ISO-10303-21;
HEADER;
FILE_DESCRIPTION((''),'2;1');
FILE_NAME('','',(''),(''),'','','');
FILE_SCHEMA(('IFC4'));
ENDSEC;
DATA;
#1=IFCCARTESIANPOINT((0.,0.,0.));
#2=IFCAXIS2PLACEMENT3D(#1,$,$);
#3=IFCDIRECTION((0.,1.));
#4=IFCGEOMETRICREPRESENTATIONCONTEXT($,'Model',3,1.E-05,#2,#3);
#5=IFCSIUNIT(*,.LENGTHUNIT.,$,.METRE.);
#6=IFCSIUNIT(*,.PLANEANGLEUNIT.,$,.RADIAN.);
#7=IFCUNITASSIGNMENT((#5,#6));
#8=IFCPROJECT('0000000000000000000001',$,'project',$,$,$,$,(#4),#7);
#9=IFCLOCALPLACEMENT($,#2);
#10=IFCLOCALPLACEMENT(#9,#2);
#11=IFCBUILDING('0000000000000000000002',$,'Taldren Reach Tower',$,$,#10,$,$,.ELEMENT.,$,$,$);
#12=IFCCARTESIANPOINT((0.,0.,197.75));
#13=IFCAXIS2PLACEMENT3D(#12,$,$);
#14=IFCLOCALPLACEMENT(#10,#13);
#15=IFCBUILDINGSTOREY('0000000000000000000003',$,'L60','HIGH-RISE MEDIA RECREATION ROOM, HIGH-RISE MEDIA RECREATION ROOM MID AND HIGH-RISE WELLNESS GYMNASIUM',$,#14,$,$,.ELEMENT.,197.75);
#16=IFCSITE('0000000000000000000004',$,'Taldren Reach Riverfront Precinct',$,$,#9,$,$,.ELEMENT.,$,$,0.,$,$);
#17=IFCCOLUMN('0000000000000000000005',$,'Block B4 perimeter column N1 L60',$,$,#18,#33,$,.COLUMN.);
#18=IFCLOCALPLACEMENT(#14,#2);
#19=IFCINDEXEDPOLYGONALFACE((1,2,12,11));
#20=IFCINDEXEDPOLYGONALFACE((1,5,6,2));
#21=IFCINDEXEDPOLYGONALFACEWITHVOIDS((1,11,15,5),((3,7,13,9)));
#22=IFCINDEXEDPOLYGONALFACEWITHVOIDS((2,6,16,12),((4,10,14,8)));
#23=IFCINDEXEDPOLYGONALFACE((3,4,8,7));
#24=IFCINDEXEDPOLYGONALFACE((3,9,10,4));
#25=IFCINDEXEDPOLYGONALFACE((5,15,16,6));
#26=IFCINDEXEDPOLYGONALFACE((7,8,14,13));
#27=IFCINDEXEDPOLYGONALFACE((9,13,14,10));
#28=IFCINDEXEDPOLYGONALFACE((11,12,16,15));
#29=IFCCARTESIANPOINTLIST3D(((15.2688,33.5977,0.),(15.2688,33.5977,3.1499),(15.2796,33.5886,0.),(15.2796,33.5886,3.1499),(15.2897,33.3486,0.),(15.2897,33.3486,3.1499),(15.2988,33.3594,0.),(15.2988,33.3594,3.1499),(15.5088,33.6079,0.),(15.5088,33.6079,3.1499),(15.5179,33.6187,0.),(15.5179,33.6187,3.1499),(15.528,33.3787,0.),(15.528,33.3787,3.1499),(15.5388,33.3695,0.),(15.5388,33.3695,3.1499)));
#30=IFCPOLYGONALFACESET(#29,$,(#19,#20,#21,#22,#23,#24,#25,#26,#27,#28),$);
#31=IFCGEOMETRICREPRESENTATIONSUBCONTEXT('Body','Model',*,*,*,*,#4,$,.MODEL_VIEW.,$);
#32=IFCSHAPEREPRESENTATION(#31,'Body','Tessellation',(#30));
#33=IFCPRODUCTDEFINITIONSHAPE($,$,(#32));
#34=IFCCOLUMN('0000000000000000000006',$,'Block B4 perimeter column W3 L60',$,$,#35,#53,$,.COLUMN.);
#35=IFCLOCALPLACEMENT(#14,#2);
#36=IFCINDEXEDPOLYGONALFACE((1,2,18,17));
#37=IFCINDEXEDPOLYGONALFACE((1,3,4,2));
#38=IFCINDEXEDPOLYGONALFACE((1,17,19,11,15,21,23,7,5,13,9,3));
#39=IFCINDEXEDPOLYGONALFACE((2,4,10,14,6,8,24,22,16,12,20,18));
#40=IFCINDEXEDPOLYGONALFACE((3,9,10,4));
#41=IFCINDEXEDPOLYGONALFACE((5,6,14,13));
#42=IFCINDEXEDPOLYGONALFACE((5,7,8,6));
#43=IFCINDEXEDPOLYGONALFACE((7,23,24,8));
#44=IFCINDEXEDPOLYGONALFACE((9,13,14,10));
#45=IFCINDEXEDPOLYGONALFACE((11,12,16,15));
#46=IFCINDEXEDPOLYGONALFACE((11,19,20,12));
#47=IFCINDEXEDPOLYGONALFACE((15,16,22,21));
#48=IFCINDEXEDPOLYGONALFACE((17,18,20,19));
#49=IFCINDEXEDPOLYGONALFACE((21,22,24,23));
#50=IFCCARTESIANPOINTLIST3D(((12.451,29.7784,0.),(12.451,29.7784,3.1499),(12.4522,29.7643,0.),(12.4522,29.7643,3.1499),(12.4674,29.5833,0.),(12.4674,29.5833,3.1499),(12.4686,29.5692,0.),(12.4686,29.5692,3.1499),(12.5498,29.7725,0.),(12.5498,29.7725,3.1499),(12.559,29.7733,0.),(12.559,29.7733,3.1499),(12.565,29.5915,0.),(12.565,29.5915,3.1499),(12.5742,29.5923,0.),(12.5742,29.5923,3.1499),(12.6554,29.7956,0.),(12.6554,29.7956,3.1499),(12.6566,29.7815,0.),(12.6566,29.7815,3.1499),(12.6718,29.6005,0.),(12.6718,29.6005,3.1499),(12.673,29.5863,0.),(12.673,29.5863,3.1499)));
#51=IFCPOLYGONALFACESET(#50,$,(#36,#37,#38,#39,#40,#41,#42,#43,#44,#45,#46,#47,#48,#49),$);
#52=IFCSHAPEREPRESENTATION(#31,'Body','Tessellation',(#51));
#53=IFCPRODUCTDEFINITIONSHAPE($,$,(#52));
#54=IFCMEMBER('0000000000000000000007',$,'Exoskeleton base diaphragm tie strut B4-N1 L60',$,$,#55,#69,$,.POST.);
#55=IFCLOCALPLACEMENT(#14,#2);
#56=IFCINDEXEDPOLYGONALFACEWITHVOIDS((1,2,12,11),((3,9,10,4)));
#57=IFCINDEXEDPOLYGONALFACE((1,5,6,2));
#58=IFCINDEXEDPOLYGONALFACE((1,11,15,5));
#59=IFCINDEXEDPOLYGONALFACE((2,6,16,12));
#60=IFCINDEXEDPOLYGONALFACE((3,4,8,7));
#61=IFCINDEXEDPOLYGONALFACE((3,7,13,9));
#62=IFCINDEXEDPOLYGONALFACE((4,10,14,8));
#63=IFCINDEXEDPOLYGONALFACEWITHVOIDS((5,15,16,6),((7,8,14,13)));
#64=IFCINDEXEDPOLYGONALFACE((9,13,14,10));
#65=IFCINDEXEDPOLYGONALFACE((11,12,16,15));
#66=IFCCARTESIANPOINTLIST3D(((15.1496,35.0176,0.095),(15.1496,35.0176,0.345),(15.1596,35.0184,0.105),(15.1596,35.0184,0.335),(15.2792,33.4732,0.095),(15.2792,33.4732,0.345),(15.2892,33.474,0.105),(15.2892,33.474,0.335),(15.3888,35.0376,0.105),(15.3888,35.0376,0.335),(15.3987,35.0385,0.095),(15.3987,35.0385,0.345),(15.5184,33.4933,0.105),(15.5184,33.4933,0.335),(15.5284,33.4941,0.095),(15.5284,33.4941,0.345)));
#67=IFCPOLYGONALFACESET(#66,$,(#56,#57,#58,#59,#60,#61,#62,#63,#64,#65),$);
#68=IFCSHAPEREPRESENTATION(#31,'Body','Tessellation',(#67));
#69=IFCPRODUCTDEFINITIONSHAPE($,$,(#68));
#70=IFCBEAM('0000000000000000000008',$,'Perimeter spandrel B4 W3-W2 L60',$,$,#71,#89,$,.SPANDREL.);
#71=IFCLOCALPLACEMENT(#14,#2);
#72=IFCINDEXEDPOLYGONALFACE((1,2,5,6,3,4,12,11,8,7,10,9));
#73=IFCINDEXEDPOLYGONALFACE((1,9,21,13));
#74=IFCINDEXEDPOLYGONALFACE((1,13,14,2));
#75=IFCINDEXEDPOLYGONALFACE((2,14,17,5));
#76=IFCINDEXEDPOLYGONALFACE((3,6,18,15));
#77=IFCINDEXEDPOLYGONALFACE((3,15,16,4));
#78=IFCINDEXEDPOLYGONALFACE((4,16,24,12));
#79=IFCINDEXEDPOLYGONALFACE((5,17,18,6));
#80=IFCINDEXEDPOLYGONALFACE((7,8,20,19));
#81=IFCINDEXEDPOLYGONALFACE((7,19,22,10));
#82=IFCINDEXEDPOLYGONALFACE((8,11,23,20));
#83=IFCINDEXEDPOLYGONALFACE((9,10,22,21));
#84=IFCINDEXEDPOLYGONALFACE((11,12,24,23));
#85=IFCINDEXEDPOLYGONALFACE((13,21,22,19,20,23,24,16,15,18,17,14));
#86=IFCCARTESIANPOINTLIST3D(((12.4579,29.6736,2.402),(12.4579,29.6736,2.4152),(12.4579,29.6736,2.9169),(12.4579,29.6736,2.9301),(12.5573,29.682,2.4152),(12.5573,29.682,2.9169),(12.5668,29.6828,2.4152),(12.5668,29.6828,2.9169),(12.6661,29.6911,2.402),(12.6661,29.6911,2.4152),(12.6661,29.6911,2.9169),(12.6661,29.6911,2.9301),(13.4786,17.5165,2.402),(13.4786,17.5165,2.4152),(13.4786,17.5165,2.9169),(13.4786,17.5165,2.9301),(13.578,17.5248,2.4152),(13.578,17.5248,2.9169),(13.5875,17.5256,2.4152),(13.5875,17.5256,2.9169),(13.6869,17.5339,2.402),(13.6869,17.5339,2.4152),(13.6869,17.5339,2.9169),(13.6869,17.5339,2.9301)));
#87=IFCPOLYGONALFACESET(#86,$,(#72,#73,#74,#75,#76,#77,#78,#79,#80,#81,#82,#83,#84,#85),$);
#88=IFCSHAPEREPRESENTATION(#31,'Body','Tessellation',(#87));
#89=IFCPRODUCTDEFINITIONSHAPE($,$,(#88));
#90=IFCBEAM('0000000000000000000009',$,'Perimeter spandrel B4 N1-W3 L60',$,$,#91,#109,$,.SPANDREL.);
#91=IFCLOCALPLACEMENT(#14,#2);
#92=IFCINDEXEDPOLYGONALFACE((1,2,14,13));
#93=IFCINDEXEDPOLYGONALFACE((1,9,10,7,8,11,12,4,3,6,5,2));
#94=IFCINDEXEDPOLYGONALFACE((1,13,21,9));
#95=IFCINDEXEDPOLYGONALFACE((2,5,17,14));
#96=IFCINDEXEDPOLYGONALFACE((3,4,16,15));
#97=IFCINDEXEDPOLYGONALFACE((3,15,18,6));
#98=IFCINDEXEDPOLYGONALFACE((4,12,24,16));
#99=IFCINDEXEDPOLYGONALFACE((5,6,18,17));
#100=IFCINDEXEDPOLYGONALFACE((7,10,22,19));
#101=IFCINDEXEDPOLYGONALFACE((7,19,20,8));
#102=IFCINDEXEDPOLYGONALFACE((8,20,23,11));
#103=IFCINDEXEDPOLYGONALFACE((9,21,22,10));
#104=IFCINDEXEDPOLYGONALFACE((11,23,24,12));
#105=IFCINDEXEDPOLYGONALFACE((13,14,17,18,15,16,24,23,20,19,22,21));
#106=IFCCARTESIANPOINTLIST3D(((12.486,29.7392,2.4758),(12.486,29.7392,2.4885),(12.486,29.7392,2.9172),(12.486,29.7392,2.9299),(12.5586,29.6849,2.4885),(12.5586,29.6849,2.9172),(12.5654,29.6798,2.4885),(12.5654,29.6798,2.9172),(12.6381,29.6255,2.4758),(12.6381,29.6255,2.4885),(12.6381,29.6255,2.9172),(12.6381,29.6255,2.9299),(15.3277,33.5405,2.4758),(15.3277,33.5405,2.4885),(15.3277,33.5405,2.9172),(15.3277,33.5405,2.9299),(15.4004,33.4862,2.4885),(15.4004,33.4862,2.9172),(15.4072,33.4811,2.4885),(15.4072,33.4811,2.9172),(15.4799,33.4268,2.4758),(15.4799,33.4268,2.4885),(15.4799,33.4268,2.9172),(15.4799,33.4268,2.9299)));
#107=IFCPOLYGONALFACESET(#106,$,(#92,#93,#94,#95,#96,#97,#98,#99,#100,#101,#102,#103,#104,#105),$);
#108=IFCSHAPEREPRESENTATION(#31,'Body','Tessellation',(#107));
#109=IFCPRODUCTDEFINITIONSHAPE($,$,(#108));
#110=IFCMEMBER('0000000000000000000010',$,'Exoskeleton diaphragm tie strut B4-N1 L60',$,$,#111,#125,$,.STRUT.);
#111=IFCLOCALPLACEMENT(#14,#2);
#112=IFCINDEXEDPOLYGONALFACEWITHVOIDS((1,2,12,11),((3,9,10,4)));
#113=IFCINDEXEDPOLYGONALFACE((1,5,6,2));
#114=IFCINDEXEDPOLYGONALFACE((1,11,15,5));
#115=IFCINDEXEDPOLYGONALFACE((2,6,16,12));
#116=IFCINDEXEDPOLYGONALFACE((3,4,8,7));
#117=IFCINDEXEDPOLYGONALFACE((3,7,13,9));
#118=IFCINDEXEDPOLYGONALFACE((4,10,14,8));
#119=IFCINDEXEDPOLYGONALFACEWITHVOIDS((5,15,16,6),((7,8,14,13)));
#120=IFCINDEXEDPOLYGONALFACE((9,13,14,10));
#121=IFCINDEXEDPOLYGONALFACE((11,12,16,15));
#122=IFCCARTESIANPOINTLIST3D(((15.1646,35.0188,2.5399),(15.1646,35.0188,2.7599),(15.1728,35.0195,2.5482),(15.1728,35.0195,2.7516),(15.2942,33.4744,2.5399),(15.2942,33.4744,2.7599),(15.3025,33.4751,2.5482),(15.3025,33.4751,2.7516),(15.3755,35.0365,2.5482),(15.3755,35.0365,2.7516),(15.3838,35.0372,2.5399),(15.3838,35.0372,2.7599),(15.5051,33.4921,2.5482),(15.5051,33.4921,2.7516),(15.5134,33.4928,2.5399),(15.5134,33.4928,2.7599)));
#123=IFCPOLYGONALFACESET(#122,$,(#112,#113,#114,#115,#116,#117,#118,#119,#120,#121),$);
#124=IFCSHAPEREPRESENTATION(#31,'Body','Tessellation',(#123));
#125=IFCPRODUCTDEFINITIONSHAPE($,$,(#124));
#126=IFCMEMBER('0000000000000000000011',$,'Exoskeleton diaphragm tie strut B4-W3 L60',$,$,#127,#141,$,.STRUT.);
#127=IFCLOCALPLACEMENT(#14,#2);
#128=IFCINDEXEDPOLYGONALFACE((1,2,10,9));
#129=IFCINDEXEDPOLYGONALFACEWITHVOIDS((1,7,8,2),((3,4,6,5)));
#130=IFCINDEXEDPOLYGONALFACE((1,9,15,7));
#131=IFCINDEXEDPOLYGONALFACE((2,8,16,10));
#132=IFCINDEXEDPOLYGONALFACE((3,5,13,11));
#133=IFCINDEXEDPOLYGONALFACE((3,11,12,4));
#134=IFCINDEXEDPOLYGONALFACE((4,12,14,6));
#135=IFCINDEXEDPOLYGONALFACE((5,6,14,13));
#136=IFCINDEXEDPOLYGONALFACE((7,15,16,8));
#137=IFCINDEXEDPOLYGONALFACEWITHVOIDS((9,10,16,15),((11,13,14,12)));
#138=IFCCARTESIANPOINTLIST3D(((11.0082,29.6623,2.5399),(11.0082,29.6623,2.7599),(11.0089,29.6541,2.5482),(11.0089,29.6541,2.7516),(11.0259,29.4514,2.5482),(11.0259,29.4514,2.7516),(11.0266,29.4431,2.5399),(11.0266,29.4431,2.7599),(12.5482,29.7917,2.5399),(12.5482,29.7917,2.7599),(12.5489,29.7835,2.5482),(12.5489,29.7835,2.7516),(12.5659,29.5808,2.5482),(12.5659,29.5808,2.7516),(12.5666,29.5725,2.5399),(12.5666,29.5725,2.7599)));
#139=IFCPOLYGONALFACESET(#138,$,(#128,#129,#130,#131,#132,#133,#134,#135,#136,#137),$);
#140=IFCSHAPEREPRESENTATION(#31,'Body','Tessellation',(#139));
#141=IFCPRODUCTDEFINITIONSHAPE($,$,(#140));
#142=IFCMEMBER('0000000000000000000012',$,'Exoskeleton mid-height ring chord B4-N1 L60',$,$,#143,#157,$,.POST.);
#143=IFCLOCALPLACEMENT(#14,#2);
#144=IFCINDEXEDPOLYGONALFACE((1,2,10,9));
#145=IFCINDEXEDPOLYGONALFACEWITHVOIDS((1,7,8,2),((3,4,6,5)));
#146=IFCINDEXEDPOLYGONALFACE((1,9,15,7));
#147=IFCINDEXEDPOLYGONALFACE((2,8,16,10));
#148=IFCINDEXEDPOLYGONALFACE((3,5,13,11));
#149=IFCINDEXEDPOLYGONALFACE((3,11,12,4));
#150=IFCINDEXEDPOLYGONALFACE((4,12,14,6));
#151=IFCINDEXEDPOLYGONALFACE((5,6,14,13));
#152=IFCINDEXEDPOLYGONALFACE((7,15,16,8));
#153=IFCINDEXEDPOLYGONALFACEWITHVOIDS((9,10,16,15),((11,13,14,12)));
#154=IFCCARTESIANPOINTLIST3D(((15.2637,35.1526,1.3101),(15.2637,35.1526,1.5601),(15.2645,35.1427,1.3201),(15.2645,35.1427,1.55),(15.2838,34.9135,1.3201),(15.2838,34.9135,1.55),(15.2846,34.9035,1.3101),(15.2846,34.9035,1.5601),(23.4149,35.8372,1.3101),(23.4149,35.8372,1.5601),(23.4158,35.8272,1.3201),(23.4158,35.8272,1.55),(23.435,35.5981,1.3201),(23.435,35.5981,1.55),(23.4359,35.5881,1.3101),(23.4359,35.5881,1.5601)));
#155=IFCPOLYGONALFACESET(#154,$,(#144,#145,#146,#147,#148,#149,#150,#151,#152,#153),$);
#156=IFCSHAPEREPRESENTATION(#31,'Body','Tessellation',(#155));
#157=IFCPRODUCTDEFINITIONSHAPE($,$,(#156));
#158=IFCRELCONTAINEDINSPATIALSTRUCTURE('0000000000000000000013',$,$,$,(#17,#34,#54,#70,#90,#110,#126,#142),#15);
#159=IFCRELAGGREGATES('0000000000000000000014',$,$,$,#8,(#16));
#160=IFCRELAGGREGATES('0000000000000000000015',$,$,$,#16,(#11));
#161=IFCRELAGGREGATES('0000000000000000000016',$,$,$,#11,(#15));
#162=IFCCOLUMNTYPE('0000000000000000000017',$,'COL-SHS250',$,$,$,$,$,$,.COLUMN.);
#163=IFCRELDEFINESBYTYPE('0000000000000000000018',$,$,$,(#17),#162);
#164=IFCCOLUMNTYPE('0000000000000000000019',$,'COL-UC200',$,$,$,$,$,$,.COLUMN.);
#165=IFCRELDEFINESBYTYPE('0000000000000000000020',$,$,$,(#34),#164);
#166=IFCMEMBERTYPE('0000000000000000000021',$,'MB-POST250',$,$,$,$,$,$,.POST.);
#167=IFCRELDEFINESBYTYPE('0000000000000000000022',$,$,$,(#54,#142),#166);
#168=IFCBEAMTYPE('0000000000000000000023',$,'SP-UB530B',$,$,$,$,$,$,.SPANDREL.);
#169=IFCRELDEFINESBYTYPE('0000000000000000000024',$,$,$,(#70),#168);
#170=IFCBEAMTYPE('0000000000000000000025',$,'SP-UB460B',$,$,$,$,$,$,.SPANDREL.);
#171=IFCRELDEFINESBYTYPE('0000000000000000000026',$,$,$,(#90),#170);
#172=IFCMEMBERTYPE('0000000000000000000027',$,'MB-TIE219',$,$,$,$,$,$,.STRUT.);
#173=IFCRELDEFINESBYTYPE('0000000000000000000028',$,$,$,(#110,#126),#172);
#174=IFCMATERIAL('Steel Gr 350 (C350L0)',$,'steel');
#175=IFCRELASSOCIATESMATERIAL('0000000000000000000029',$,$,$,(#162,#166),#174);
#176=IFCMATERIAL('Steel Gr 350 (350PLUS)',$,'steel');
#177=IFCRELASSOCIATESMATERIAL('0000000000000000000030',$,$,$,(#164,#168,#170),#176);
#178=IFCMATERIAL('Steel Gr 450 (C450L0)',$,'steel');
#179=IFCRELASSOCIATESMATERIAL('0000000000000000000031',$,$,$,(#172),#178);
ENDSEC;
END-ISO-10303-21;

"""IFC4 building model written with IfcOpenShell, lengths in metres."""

from ifc_helpers import new_model, si_unit, direction, frame, origin, origin_2d, place, context, subcontext, project, spatial, hollow_rectangle, i_section, extrude, source, transform, mapped, material, material_profile, profile_set, type_object, element, save


model = new_model("IFC4")

# Units and contexts
model_context = context("Model", 3, precision=1e-05, world=origin(), true_north=direction((0.0, 1.0)))
body_context = subcontext(model_context, "Body", "Model", "MODEL_VIEW")
ifc_project = project(units=[si_unit("LENGTHUNIT", "METRE"), si_unit("PLANEANGLEUNIT", "RADIAN")], contexts=[model_context])

# Site, building, storey
site_placement = place(None, origin())
site = spatial("IfcSite", under=ifc_project, at=site_placement, Name="Taldren Reach Riverfront Precinct", CompositionType="ELEMENT", RefElevation=0.0)
building_placement = place(site_placement, origin())
building = spatial("IfcBuilding", under=site, at=building_placement, Name="Taldren Reach Tower", CompositionType="ELEMENT")
storey_placement = place(building_placement, frame((0.0, 0.0, 197.75)))
storey = spatial("IfcBuildingStorey", under=building, at=storey_placement, Name="L60", Description="HIGH-RISE MEDIA RECREATION ROOM, HIGH-RISE MEDIA RECREATION ROOM MID AND HIGH-RISE WELLNESS GYMNASIUM", CompositionType="ELEMENT", Elevation=197.75)

# Columns
ifc_material_1 = material(Name="Steel Gr 350 (C350L0)", Category="steel")
ifc_material_profile_1 = material_profile(ifc_material_1, hollow_rectangle(XDim=0.25, YDim=0.25, WallThickness=0.01, at=origin_2d()), Name="250x250x10.0SHS")
ifc_profile_set_1 = profile_set([ifc_material_profile_1], Name="Steel Gr 350 (C350L0)")
column_type_1 = type_object("IfcColumnType", Name="COL-SHS250", PredefinedType="COLUMN", material=ifc_profile_set_1)
shared_shape_1 = source(origin(), body_context, "Body", "SweptSolid", [
    extrude(hollow_rectangle(XDim=0.25, YDim=0.25, WallThickness=0.01, at=origin_2d()), origin(), (0.0, 0.0, 1.0), 3.1499),
])
column_1_placement = place(storey_placement, frame((15.4038, 33.4836, 0.0), z_axis=(0.0, 0.0, 1.0), x_axis=(0.996493, 0.083678, 0.0)))
element("IfcColumn", 1, at=column_1_placement, inside=storey, type_object=column_type_1, Name="Block B4 perimeter column N1 L60", PredefinedType="COLUMN", context=body_context, shape_type="MappedRepresentation", body=[
    mapped(shared_shape_1, transform((0.0, 0.0, 0.0), scale=1.0)),
])
ifc_material_2 = material(Name="Steel Gr 350 (350PLUS)", Category="steel")
ifc_material_profile_2 = material_profile(ifc_material_2, i_section(OverallWidth=0.2051, OverallDepth=0.21, WebThickness=0.0093, FlangeThickness=0.0142, at=origin_2d()), Name="200UC59.5")
ifc_profile_set_2 = profile_set([ifc_material_profile_2], Name="Steel Gr 350 (350PLUS)")
column_type_2 = type_object("IfcColumnType", Name="COL-UC200", PredefinedType="COLUMN", material=ifc_profile_set_2)
shared_shape_2 = source(origin(), body_context, "Body", "SweptSolid", [
    extrude(i_section(OverallWidth=0.2051, OverallDepth=0.21, WebThickness=0.0093, FlangeThickness=0.0142, at=origin_2d()), origin(), (0.0, 0.0, 1.0), 3.1499),
])
column_2_placement = place(storey_placement, frame((12.562, 29.6824, 0.0), z_axis=(0.0, 0.0, 1.0), x_axis=(0.996493, 0.083678, 0.0)))
element("IfcColumn", 2, at=column_2_placement, inside=storey, type_object=column_type_2, Name="Block B4 perimeter column W3 L60", PredefinedType="COLUMN", context=body_context, shape_type="MappedRepresentation", body=[
    mapped(shared_shape_2, transform((0.0, 0.0, 0.0), scale=1.0)),
])

# Member
ifc_material_profile_3 = material_profile(ifc_material_1, hollow_rectangle(XDim=0.25, YDim=0.25, WallThickness=0.01, at=origin_2d()), Name="250x250x10.0SHS")
ifc_profile_set_3 = profile_set([ifc_material_profile_3], Name="Steel Gr 350 (C350L0)")
member_type_1 = type_object("IfcMemberType", Name="MB-POST250", PredefinedType="POST", material=ifc_profile_set_3)
shared_shape_3 = source(origin(), body_context, "Body", "SweptSolid", [
    extrude(hollow_rectangle(XDim=0.25, YDim=0.25, WallThickness=0.01, at=origin_2d()), origin(), (0.0, 0.0, 1.0), 1.5498),
])
member_1_placement = place(storey_placement, frame((15.4038, 33.4836, 0.22), z_axis=(-0.083645, 0.996496, 0.0), x_axis=(-0.996496, -0.083645, 0.0)))
element("IfcMember", 3, at=member_1_placement, inside=storey, type_object=member_type_1, Name="Exoskeleton base diaphragm tie strut B4-N1 L60", PredefinedType="POST", context=body_context, shape_type="MappedRepresentation", body=[
    mapped(shared_shape_3, transform((0.0, 0.0, 0.0), scale=1.0)),
])

# Beams
ifc_material_profile_4 = material_profile(ifc_material_2, i_section(OverallWidth=0.209, OverallDepth=0.5281, WebThickness=0.0095, FlangeThickness=0.0132, at=origin_2d()), Name="530UB82.0")
ifc_profile_set_4 = profile_set([ifc_material_profile_4], Name="Steel Gr 350 (350PLUS)")
beam_type_1 = type_object("IfcBeamType", Name="SP-UB530B", PredefinedType="SPANDREL", material=ifc_profile_set_4)
shared_shape_4 = source(origin(), body_context, "Body", "SweptSolid", [
    extrude(i_section(OverallWidth=0.209, OverallDepth=0.5281, WebThickness=0.0095, FlangeThickness=0.0132, at=origin_2d()), origin(), (0.0, 0.0, 1.0), 12.2),
])
beam_1_placement = place(storey_placement, frame((12.562, 29.6824, 2.666), z_axis=(0.083668, -0.996494, 0.0), x_axis=(0.996494, 0.083668, 0.0)))
element("IfcBeam", 4, at=beam_1_placement, inside=storey, type_object=beam_type_1, Name="Perimeter spandrel B4 W3-W2 L60", PredefinedType="SPANDREL", context=body_context, shape_type="MappedRepresentation", body=[
    mapped(shared_shape_4, transform((0.0, 0.0, 0.0), scale=1.0)),
])
ifc_material_profile_5 = material_profile(ifc_material_2, i_section(OverallWidth=0.1899, OverallDepth=0.4541, WebThickness=0.0085, FlangeThickness=0.0127, at=origin_2d()), Name="460UB67.1")
ifc_profile_set_5 = profile_set([ifc_material_profile_5], Name="Steel Gr 350 (350PLUS)")
beam_type_2 = type_object("IfcBeamType", Name="SP-UB460B", PredefinedType="SPANDREL", material=ifc_profile_set_5)
shared_shape_5 = source(origin(), body_context, "Body", "SweptSolid", [
    extrude(i_section(OverallWidth=0.1899, OverallDepth=0.4541, WebThickness=0.0085, FlangeThickness=0.0127, at=origin_2d()), origin(), (0.0, 0.0, 1.0), 4.7461),
])
beam_2_placement = place(storey_placement, frame((15.4038, 33.4836, 2.7029), z_axis=(-0.598765, -0.800925, 0.0), x_axis=(0.800925, -0.598765, 0.0)))
element("IfcBeam", 5, at=beam_2_placement, inside=storey, type_object=beam_type_2, Name="Perimeter spandrel B4 N1-W3 L60", PredefinedType="SPANDREL", context=body_context, shape_type="MappedRepresentation", body=[
    mapped(shared_shape_5, transform((0.0, 0.0, 0.0), scale=1.0)),
])

# Members
ifc_material_3 = material(Name="Steel Gr 450 (C450L0)", Category="steel")
ifc_material_profile_6 = material_profile(ifc_material_3, hollow_rectangle(XDim=0.22, YDim=0.22, WallThickness=0.0083, at=origin_2d()), Name="220x220x8.2SHS")
ifc_profile_set_6 = profile_set([ifc_material_profile_6], Name="Steel Gr 450 (C450L0)")
member_type_2 = type_object("IfcMemberType", Name="MB-TIE219", PredefinedType="STRUT", material=ifc_profile_set_6)
shared_shape_6 = source(origin(), body_context, "Body", "SweptSolid", [
    extrude(hollow_rectangle(XDim=0.22, YDim=0.22, WallThickness=0.0083, at=origin_2d()), origin(), (0.0, 0.0, 1.0), 1.5498),
])
member_2_placement = place(storey_placement, frame((15.4038, 33.4836, 2.6499), z_axis=(-0.083645, 0.996496, 0.0), x_axis=(-0.996496, -0.083645, 0.0)))
element("IfcMember", 6, at=member_2_placement, inside=storey, type_object=member_type_2, Name="Exoskeleton diaphragm tie strut B4-N1 L60", PredefinedType="STRUT", context=body_context, shape_type="MappedRepresentation", body=[
    mapped(shared_shape_6, transform((0.0, 0.0, 0.0), scale=1.0)),
])
shared_shape_7 = source(origin(), body_context, "Body", "SweptSolid", [
    extrude(hollow_rectangle(XDim=0.22, YDim=0.22, WallThickness=0.0083, at=origin_2d()), origin(), (0.0, 0.0, 1.0), 1.5454),
])
member_3_placement = place(storey_placement, frame((12.5574, 29.6821, 2.6499), z_axis=(-0.996489, -0.083725, 0.0), x_axis=(0.083725, -0.996489, 0.0)))
element("IfcMember", 7, at=member_3_placement, inside=storey, type_object=member_type_2, Name="Exoskeleton diaphragm tie strut B4-W3 L60", PredefinedType="STRUT", context=body_context, shape_type="MappedRepresentation", body=[
    mapped(shared_shape_7, transform((0.0, 0.0, 0.0), scale=1.0)),
])
shared_shape_8 = source(origin(), body_context, "Body", "SweptSolid", [
    extrude(hollow_rectangle(XDim=0.25, YDim=0.25, WallThickness=0.01, at=origin_2d()), origin(), (0.0, 0.0, 1.0), 8.1799),
])
member_4_placement = place(storey_placement, frame((15.2742, 35.0281, 1.4351), z_axis=(0.996492, 0.08369, 0.0), x_axis=(-0.08369, 0.996492, 0.0)))
element("IfcMember", 8, at=member_4_placement, inside=storey, type_object=member_type_1, Name="Exoskeleton mid-height ring chord B4-N1 L60", PredefinedType="POST", context=body_context, shape_type="MappedRepresentation", body=[
    mapped(shared_shape_8, transform((0.0, 0.0, 0.0), scale=1.0)),
])

save(model, "model.ifc")
